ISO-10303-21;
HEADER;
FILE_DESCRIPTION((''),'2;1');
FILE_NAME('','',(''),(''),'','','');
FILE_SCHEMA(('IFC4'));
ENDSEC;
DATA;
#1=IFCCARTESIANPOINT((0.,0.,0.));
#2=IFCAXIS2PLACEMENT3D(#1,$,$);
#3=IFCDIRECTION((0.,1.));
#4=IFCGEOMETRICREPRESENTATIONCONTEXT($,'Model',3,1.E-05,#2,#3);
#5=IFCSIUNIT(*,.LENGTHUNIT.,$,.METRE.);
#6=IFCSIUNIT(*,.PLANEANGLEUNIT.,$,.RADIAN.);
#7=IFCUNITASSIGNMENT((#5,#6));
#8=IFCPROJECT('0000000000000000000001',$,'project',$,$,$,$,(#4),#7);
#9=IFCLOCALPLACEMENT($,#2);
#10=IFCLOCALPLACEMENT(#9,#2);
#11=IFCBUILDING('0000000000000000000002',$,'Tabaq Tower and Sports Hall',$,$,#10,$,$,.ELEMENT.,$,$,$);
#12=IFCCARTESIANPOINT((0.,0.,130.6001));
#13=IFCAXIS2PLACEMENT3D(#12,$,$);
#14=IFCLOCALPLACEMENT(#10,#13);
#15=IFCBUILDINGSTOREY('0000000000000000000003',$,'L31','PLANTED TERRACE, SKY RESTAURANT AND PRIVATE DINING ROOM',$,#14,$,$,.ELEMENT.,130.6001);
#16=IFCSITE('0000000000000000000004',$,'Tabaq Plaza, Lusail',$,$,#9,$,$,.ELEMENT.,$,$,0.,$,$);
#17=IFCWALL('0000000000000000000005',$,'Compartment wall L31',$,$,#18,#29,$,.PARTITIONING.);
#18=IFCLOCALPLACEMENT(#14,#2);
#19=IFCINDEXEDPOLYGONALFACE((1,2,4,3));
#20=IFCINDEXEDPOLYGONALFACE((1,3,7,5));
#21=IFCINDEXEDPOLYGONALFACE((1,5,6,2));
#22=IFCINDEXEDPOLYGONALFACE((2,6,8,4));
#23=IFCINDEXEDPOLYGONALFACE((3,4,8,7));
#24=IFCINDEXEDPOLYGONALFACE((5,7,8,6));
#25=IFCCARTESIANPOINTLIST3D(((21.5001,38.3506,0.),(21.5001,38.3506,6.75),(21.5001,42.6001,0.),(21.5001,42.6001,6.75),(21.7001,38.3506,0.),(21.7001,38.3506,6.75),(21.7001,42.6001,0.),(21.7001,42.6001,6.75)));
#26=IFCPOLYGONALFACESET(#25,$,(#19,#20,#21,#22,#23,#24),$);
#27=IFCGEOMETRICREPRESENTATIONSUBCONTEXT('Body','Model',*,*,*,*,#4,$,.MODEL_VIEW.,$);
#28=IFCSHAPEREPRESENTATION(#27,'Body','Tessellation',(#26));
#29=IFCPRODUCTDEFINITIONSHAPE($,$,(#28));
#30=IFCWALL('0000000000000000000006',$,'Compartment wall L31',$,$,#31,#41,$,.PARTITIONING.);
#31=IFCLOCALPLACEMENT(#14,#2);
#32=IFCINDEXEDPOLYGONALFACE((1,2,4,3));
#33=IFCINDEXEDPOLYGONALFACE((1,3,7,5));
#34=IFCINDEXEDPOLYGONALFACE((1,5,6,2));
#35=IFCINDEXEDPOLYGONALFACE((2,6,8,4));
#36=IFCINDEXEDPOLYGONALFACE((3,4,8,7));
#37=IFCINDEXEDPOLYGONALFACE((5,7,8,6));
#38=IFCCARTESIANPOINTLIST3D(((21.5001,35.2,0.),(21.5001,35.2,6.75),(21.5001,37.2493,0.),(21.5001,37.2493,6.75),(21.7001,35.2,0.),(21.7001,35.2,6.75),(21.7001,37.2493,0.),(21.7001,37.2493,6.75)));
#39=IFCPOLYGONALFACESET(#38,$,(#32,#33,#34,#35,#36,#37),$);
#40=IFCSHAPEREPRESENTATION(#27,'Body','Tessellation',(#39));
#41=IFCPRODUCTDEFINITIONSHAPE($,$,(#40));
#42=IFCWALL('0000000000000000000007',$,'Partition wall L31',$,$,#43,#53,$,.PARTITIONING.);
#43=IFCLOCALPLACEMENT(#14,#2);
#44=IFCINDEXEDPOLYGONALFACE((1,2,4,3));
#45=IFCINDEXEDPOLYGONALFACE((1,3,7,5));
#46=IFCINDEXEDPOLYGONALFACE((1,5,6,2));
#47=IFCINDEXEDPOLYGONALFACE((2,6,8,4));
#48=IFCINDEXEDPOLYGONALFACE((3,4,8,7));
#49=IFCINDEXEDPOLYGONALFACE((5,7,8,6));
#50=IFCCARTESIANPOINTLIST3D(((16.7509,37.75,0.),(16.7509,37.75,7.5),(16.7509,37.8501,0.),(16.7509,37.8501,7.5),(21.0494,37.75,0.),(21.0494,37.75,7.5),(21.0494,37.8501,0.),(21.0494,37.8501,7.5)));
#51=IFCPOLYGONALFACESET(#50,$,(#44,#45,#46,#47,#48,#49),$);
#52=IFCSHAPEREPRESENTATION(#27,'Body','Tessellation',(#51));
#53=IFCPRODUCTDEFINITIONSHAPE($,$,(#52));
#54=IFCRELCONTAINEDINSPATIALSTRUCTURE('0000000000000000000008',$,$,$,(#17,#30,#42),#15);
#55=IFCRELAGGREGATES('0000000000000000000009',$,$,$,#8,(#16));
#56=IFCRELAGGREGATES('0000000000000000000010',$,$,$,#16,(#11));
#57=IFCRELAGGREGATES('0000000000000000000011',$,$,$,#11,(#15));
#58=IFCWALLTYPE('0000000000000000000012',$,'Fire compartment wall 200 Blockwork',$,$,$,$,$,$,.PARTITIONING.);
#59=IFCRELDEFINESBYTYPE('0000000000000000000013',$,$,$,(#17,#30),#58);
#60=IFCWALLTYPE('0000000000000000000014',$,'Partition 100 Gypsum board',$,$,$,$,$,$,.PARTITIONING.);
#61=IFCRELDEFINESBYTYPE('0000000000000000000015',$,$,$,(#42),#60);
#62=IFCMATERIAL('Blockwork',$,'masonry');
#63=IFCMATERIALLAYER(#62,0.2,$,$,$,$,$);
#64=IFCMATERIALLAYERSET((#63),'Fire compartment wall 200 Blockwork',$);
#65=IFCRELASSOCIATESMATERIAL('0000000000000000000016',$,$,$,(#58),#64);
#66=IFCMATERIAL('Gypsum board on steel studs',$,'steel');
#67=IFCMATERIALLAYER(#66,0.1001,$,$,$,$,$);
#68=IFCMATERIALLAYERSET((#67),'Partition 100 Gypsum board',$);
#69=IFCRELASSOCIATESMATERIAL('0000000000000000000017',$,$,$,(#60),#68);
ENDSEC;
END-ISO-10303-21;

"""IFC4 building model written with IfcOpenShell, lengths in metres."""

from ifc_helpers import new_model, si_unit, direction, frame, frame_2d, origin, place, context, subcontext, project, spatial, rectangle, extrude, material, layer, layer_set, type_object, element, save


model = new_model("IFC4")

# Units and contexts
model_context = context("Model", 3, precision=1e-05, world=origin(), true_north=direction((0.0, 1.0)))
body_context = subcontext(model_context, "Body", "Model", "MODEL_VIEW")
ifc_project = project(units=[si_unit("LENGTHUNIT", "METRE"), si_unit("PLANEANGLEUNIT", "RADIAN")], contexts=[model_context])

# Site, building, storey
site_placement = place(None, origin())
site = spatial("IfcSite", under=ifc_project, at=site_placement, Name="Tabaq Plaza, Lusail", CompositionType="ELEMENT", RefElevation=0.0)
building_placement = place(site_placement, origin())
building = spatial("IfcBuilding", under=site, at=building_placement, Name="Tabaq Tower and Sports Hall", CompositionType="ELEMENT")
storey_placement = place(building_placement, frame((0.0, 0.0, 130.6001)))
storey = spatial("IfcBuildingStorey", under=building, at=storey_placement, Name="L31", Description="PLANTED TERRACE, SKY RESTAURANT AND PRIVATE DINING ROOM", CompositionType="ELEMENT", Elevation=130.6001)

# Shared definitions
ifc_material_1 = material(Name="Blockwork", Category="masonry")
ifc_layer_1 = layer(ifc_material_1, 0.2)
ifc_layer_set_1 = layer_set([ifc_layer_1], Name="Fire compartment wall 200 Blockwork")
wall_type_1 = type_object("IfcWallType", Name="Fire compartment wall 200 Blockwork", PredefinedType="PARTITIONING", material=ifc_layer_set_1)

# Walls
wall_1_placement = place(storey_placement, frame((21.6001, 42.6001, 0.0), z_axis=(0.0, 0.0, 1.0), x_axis=(0.0, -1.0, 0.0)))
element("IfcWall", 1, at=wall_1_placement, inside=storey, type_object=wall_type_1, Name="Compartment wall L31", PredefinedType="PARTITIONING", context=body_context, shape_type="SweptSolid", body=[
    extrude(rectangle(XDim=4.2495, YDim=0.2, at=frame_2d((2.1248, 0.0))), origin(), (0.0, 0.0, 1.0), 6.75),
])
wall_2_placement = place(storey_placement, frame((21.6001, 37.2493, 0.0), z_axis=(0.0, 0.0, 1.0), x_axis=(0.0, -1.0, 0.0)))
element("IfcWall", 2, at=wall_2_placement, inside=storey, type_object=wall_type_1, Name="Compartment wall L31", PredefinedType="PARTITIONING", context=body_context, shape_type="SweptSolid", body=[
    extrude(rectangle(XDim=2.0493, YDim=0.2, at=frame_2d((1.0247, 0.0))), origin(), (0.0, 0.0, 1.0), 6.75),
])
ifc_material_2 = material(Name="Gypsum board on steel studs", Category="steel")
ifc_layer_2 = layer(ifc_material_2, 0.1001)
ifc_layer_set_2 = layer_set([ifc_layer_2], Name="Partition 100 Gypsum board")
wall_type_2 = type_object("IfcWallType", Name="Partition 100 Gypsum board", PredefinedType="PARTITIONING", material=ifc_layer_set_2)
wall_3_placement = place(storey_placement, frame((16.7507, 37.8, 0.0), z_axis=(0.0, 0.0, 1.0), x_axis=(1.0, 0.0, 0.0)))
element("IfcWall", 3, at=wall_3_placement, inside=storey, type_object=wall_type_2, Name="Partition wall L31", PredefinedType="PARTITIONING", context=body_context, shape_type="SweptSolid", body=[
    extrude(rectangle(XDim=4.2986, YDim=0.1001, at=frame_2d((2.1494, 0.0))), origin(), (0.0, 0.0, 1.0), 7.5),
])

save(model, "model.ifc")
